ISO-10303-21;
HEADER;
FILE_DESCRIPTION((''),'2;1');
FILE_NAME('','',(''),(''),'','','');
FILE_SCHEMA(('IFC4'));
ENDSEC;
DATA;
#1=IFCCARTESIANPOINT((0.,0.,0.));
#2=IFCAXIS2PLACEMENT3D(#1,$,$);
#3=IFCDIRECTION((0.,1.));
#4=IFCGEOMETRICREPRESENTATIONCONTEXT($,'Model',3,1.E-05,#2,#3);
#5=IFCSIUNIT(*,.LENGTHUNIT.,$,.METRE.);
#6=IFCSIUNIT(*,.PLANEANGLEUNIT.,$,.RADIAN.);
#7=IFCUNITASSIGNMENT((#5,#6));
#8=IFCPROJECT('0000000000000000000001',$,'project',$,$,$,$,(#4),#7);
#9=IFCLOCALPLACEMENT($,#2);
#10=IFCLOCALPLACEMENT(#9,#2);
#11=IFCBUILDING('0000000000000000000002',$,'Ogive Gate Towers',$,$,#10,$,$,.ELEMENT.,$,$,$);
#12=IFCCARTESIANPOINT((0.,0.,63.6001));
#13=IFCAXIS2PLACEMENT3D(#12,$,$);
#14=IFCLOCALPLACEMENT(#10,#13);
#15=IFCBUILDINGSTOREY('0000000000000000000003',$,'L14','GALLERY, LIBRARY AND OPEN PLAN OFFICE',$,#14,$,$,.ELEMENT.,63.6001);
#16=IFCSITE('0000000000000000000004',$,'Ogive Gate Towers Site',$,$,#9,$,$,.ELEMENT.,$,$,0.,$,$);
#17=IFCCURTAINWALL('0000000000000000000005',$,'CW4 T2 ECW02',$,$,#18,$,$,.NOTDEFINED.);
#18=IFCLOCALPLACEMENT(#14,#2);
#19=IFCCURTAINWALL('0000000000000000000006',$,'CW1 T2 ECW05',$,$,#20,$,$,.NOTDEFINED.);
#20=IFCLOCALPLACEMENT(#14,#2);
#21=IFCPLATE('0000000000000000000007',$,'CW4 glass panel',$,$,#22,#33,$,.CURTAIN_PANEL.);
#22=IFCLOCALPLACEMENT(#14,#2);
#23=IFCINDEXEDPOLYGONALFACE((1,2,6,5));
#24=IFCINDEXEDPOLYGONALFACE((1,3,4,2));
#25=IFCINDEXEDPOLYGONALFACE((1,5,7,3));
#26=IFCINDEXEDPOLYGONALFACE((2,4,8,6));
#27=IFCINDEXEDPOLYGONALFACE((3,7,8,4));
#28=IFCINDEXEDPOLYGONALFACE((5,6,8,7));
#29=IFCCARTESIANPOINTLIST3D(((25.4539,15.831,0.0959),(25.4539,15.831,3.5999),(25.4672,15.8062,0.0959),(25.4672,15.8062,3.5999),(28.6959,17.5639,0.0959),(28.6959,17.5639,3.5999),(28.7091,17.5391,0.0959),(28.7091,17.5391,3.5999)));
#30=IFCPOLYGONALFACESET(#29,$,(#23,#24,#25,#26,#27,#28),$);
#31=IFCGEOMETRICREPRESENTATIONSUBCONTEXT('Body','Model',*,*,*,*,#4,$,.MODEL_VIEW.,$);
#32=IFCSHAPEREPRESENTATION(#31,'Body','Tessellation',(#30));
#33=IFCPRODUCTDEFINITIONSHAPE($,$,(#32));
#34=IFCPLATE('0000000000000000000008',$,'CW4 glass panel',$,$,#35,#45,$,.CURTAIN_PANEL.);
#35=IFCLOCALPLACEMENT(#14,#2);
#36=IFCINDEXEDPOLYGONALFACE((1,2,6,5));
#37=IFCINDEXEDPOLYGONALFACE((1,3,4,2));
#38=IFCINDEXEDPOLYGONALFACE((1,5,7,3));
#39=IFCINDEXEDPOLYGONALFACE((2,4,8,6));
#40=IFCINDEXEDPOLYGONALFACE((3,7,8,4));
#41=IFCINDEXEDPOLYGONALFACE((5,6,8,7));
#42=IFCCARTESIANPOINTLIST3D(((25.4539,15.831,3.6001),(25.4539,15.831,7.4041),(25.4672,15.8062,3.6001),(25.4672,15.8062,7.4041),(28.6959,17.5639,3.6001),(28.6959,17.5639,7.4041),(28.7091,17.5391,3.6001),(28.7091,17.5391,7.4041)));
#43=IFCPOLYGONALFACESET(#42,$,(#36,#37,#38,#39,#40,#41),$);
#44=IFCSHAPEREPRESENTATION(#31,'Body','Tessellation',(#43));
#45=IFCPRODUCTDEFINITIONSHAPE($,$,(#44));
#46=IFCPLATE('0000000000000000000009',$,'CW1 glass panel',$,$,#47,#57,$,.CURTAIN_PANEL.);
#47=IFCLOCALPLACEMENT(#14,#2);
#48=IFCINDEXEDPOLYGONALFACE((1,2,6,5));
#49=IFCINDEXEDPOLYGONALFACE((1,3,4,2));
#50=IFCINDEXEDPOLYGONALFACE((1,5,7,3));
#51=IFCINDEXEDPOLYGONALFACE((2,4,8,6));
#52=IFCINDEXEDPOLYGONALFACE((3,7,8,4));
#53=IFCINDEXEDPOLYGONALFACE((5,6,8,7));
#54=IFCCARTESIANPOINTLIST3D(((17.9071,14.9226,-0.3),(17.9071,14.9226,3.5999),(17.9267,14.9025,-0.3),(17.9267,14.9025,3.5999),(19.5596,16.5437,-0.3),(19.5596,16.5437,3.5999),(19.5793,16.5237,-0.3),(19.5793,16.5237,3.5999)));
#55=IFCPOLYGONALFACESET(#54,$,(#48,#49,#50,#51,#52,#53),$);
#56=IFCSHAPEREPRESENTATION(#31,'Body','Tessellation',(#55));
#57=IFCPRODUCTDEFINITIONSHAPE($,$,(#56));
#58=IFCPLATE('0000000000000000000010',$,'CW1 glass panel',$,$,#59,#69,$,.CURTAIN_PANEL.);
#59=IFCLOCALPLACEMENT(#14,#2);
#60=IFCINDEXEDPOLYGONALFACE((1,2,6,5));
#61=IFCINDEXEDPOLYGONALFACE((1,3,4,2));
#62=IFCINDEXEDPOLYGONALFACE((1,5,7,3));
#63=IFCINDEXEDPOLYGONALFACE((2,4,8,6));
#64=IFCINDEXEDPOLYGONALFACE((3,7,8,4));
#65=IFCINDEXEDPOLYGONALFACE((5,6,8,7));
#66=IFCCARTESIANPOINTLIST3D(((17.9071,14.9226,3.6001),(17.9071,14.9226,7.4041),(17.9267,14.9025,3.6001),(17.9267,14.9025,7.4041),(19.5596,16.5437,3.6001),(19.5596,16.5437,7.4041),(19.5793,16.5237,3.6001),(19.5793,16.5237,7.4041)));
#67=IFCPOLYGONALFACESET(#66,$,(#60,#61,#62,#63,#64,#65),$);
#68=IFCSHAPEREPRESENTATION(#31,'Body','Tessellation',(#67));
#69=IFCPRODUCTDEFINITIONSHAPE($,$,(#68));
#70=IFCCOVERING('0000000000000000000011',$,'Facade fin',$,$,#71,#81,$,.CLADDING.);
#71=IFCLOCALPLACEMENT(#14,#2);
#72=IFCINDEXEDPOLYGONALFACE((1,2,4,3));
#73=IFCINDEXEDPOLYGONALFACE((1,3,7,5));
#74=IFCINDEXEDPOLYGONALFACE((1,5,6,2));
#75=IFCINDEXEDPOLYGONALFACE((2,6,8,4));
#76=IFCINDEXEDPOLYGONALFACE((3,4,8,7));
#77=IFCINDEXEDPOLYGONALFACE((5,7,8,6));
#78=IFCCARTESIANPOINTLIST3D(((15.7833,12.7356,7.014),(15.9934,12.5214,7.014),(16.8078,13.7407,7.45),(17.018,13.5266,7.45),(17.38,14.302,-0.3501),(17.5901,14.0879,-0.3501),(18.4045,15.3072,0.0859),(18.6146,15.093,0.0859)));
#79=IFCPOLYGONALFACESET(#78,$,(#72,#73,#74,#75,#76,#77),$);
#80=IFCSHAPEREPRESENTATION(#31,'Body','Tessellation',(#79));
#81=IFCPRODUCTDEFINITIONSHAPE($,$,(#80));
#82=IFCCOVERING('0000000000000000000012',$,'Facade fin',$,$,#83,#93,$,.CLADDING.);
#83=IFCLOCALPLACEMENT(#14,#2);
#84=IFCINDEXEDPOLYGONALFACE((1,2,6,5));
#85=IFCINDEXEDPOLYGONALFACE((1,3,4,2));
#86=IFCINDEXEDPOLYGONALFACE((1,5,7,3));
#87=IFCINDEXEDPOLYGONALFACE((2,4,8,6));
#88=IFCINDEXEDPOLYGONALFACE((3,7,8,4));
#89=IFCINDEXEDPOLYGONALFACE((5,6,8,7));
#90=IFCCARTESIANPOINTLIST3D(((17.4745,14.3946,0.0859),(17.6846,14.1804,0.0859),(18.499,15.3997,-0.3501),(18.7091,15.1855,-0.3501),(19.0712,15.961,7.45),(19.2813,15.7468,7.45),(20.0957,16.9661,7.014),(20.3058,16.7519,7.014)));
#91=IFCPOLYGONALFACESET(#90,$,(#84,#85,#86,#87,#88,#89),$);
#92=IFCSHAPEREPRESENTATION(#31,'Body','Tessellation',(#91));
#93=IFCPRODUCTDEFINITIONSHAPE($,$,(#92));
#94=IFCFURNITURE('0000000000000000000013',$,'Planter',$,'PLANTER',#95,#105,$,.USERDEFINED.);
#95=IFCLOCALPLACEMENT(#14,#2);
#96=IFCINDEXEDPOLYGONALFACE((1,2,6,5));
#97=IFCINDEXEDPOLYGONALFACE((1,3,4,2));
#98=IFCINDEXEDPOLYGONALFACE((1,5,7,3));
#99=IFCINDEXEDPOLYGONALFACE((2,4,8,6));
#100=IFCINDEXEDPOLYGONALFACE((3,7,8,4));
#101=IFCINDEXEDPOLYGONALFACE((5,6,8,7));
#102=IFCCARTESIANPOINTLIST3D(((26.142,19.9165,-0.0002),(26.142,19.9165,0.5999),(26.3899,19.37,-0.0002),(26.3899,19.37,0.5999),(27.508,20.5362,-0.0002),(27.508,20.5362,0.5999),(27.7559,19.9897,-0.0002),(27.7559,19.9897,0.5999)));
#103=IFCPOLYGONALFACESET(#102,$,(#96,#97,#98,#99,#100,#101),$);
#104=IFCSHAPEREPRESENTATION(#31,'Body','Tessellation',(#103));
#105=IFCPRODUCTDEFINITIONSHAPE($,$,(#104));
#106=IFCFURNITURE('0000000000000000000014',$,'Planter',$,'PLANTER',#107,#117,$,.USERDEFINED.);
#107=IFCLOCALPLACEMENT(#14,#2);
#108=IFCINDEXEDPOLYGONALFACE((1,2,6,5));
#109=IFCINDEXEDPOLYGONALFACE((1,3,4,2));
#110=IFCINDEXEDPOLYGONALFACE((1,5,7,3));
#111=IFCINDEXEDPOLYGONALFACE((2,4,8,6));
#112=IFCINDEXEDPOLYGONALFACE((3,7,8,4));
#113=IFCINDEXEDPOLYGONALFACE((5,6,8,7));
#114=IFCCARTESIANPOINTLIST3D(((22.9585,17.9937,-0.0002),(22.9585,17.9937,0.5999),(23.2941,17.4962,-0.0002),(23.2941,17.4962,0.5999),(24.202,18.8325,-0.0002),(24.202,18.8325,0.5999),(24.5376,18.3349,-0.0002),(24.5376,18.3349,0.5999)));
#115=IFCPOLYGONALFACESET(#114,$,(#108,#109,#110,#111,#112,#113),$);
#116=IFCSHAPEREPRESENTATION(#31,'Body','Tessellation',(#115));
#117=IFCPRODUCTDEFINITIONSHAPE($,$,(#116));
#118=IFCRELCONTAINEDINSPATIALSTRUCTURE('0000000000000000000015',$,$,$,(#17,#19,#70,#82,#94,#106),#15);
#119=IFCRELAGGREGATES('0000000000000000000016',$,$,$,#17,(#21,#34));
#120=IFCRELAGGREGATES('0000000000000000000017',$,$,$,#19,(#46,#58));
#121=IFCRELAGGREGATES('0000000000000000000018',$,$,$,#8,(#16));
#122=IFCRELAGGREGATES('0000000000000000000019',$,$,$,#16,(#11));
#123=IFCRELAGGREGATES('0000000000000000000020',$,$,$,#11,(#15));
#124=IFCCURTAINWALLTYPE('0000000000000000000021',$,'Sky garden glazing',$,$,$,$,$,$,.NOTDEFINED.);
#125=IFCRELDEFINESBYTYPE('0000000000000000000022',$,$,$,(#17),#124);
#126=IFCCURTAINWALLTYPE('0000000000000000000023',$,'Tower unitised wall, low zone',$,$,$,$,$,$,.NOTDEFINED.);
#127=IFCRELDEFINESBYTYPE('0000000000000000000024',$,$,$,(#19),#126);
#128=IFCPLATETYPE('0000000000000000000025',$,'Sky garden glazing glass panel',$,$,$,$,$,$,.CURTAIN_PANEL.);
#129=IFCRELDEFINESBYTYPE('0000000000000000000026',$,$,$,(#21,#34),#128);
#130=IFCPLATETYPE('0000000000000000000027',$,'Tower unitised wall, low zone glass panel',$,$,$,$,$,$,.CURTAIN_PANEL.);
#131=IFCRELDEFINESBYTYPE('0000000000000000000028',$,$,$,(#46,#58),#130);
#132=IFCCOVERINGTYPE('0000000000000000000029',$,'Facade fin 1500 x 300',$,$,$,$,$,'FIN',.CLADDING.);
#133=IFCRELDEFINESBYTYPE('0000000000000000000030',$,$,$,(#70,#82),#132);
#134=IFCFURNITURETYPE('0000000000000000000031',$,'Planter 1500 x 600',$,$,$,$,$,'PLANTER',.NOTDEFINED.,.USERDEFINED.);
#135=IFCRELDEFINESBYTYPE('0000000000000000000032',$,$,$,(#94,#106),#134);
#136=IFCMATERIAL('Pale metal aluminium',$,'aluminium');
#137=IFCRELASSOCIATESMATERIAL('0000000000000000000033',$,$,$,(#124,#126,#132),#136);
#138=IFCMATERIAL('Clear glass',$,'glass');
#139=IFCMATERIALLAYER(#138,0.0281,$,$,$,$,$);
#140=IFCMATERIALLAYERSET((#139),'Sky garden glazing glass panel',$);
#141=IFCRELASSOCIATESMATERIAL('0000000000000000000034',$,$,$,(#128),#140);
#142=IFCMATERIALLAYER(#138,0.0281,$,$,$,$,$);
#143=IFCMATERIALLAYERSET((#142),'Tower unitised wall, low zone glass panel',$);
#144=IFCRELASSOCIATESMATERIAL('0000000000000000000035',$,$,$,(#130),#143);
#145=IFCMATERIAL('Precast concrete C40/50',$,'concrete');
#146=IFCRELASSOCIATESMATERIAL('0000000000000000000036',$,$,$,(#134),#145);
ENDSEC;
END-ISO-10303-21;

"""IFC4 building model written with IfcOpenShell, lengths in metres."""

from ifc_helpers import new_model, si_unit, direction, frame, origin, origin_2d, place, context, subcontext, project, spatial, rectangle, extrude, material, layer, layer_set, material_profile, profile_set, type_object, element, aggregate, save


model = new_model("IFC4")

# Units and contexts
model_context = context("Model", 3, precision=1e-05, world=origin(), true_north=direction((0.0, 1.0)))
body_context = subcontext(model_context, "Body", "Model", "MODEL_VIEW")
ifc_project = project(units=[si_unit("LENGTHUNIT", "METRE"), si_unit("PLANEANGLEUNIT", "RADIAN")], contexts=[model_context])

# Site, building, storey
site_placement = place(None, origin())
site = spatial("IfcSite", under=ifc_project, at=site_placement, Name="Ogive Gate Towers Site", CompositionType="ELEMENT", RefElevation=0.0)
building_placement = place(site_placement, origin())
building = spatial("IfcBuilding", under=site, at=building_placement, Name="Ogive Gate Towers", CompositionType="ELEMENT")
storey_placement = place(building_placement, frame((0.0, 0.0, 63.6001)))
storey = spatial("IfcBuildingStorey", under=building, at=storey_placement, Name="L14", Description="GALLERY, LIBRARY AND OPEN PLAN OFFICE", CompositionType="ELEMENT", Elevation=63.6001)

# Curtain walls
ifc_material_1 = material(Name="Pale metal aluminium", Category="aluminium")
curtain_wall_type_1 = type_object("IfcCurtainWallType", Name="Sky garden glazing", PredefinedType="NOTDEFINED", material=ifc_material_1)
curtain_wall_1_placement = place(storey_placement, origin())
curtain_wall_1 = element("IfcCurtainWall", 1, at=curtain_wall_1_placement, inside=storey, type_object=curtain_wall_type_1, Name="CW4 T2 ECW02", PredefinedType="NOTDEFINED")
curtain_wall_type_2 = type_object("IfcCurtainWallType", Name="Tower unitised wall, low zone", PredefinedType="NOTDEFINED", material=ifc_material_1)
curtain_wall_2_placement = place(storey_placement, origin())
curtain_wall_2 = element("IfcCurtainWall", 2, at=curtain_wall_2_placement, inside=storey, type_object=curtain_wall_type_2, Name="CW1 T2 ECW05", PredefinedType="NOTDEFINED")

# Plates
ifc_material_2 = material(Name="Clear glass", Category="glass")
ifc_layer_1 = layer(ifc_material_2, 0.0281)
ifc_layer_set_1 = layer_set([ifc_layer_1], Name="Sky garden glazing glass panel")
plate_type_1 = type_object("IfcPlateType", Name="Sky garden glazing glass panel", PredefinedType="CURTAIN_PANEL", material=ifc_layer_set_1)
plate_1_placement = place(storey_placement, frame((27.0815, 16.6851, 0.0959), z_axis=(0.0, 0.0, 1.0), x_axis=(0.881921, 0.471397, 0.0)))
plate_1 = element("IfcPlate", 3, at=plate_1_placement, type_object=plate_type_1, Name="CW4 glass panel", PredefinedType="CURTAIN_PANEL", context=body_context, shape_type="SweptSolid", body=[
    extrude(rectangle(XDim=3.676, YDim=0.0281, at=origin_2d()), origin(), (0.0, 0.0, 1.0), 3.5039),
])
plate_2_placement = place(storey_placement, frame((27.0815, 16.6851, 3.6001), z_axis=(0.0, 0.0, 1.0), x_axis=(0.881921, 0.471397, 0.0)))
plate_2 = element("IfcPlate", 4, at=plate_2_placement, type_object=plate_type_1, Name="CW4 glass panel", PredefinedType="CURTAIN_PANEL", context=body_context, shape_type="SweptSolid", body=[
    extrude(rectangle(XDim=3.676, YDim=0.0281, at=origin_2d()), origin(), (0.0, 0.0, 1.0), 3.804),
])
aggregate(curtain_wall_1, [plate_1, plate_2])
ifc_layer_2 = layer(ifc_material_2, 0.0281)
ifc_layer_set_2 = layer_set([ifc_layer_2], Name="Tower unitised wall, low zone glass panel")
plate_type_2 = type_object("IfcPlateType", Name="Tower unitised wall, low zone glass panel", PredefinedType="CURTAIN_PANEL", material=ifc_layer_set_2)
plate_3_placement = place(storey_placement, frame((18.7432, 15.7231, -0.3), z_axis=(0.0, 0.0, 1.0), x_axis=(0.71385, 0.700299, 0.0)))
plate_3 = element("IfcPlate", 5, at=plate_3_placement, type_object=plate_type_2, Name="CW1 glass panel", PredefinedType="CURTAIN_PANEL", context=body_context, shape_type="SweptSolid", body=[
    extrude(rectangle(XDim=2.3149, YDim=0.0281, at=origin_2d()), origin(), (0.0, 0.0, 1.0), 3.8999),
])
plate_4_placement = place(storey_placement, frame((18.7432, 15.7231, 3.6001), z_axis=(0.0, 0.0, 1.0), x_axis=(0.71385, 0.700299, 0.0)))
plate_4 = element("IfcPlate", 6, at=plate_4_placement, type_object=plate_type_2, Name="CW1 glass panel", PredefinedType="CURTAIN_PANEL", context=body_context, shape_type="SweptSolid", body=[
    extrude(rectangle(XDim=2.3149, YDim=0.0281, at=origin_2d()), origin(), (0.0, 0.0, 1.0), 3.804),
])
aggregate(curtain_wall_2, [plate_3, plate_4])

# Coverings
ifc_material_profile_1 = material_profile(ifc_material_1, rectangle(XDim=0.3, YDim=1.5, at=origin_2d()), Name="1500 x 300 pale metal aluminium")
ifc_profile_set_1 = profile_set([ifc_material_profile_1], Name="Pale metal aluminium")
covering_type = type_object("IfcCoveringType", Name="Facade fin 1500 x 300", ElementType="FIN", PredefinedType="CLADDING", material=ifc_profile_set_1)
for number, where, z_axis, x_axis, name in (
    (7, (17.9973, 14.6975, -0.1321), (-0.207463, -0.203529, 0.956836), (0.700307, -0.713842, 0.0), "Facade fin"),
    (8, (18.0918, 14.79, -0.1321), (0.207463, 0.203529, 0.956836), (-0.700307, 0.713842, 0.0), "Facade fin"),
):
    element("IfcCovering", number, at=place(storey_placement, frame(where, z_axis=z_axis, x_axis=x_axis)), inside=storey, type_object=covering_type, Name=name, PredefinedType="CLADDING", context=body_context, shape_type="SweptSolid", body=[
        extrude(rectangle(XDim=0.3, YDim=1.5, at=origin_2d()), origin(), (0.0, 0.0, 1.0), 7.6963),
    ])

# Furniture
ifc_material_3 = material(Name="Precast concrete C40/50", Category="concrete")
furniture_type = type_object("IfcFurnitureType", Name="Planter 1500 x 600", ElementType="PLANTER", AssemblyPlace="NOTDEFINED", PredefinedType="USERDEFINED", material=ifc_material_3)
for number, where, z_axis, x_axis, name in (
    (9, (26.949, 19.9531, -0.0002), (0.0, 0.0, 1.0), (-0.910684, -0.413104, 0.0), "Planter"),
    (10, (23.748, 18.1643, -0.0002), (0.0, 0.0, 1.0), (-0.829038, -0.559193, 0.0), "Planter"),
):
    element("IfcFurniture", number, at=place(storey_placement, frame(where, z_axis=z_axis, x_axis=x_axis)), inside=storey, type_object=furniture_type, Name=name, ObjectType="PLANTER", PredefinedType="USERDEFINED", context=body_context, shape_type="SweptSolid", body=[
        extrude(rectangle(XDim=1.5, YDim=0.6001, at=origin_2d()), origin(), (0.0, 0.0, 1.0), 0.6001),
    ])

save(model, "model.ifc")
